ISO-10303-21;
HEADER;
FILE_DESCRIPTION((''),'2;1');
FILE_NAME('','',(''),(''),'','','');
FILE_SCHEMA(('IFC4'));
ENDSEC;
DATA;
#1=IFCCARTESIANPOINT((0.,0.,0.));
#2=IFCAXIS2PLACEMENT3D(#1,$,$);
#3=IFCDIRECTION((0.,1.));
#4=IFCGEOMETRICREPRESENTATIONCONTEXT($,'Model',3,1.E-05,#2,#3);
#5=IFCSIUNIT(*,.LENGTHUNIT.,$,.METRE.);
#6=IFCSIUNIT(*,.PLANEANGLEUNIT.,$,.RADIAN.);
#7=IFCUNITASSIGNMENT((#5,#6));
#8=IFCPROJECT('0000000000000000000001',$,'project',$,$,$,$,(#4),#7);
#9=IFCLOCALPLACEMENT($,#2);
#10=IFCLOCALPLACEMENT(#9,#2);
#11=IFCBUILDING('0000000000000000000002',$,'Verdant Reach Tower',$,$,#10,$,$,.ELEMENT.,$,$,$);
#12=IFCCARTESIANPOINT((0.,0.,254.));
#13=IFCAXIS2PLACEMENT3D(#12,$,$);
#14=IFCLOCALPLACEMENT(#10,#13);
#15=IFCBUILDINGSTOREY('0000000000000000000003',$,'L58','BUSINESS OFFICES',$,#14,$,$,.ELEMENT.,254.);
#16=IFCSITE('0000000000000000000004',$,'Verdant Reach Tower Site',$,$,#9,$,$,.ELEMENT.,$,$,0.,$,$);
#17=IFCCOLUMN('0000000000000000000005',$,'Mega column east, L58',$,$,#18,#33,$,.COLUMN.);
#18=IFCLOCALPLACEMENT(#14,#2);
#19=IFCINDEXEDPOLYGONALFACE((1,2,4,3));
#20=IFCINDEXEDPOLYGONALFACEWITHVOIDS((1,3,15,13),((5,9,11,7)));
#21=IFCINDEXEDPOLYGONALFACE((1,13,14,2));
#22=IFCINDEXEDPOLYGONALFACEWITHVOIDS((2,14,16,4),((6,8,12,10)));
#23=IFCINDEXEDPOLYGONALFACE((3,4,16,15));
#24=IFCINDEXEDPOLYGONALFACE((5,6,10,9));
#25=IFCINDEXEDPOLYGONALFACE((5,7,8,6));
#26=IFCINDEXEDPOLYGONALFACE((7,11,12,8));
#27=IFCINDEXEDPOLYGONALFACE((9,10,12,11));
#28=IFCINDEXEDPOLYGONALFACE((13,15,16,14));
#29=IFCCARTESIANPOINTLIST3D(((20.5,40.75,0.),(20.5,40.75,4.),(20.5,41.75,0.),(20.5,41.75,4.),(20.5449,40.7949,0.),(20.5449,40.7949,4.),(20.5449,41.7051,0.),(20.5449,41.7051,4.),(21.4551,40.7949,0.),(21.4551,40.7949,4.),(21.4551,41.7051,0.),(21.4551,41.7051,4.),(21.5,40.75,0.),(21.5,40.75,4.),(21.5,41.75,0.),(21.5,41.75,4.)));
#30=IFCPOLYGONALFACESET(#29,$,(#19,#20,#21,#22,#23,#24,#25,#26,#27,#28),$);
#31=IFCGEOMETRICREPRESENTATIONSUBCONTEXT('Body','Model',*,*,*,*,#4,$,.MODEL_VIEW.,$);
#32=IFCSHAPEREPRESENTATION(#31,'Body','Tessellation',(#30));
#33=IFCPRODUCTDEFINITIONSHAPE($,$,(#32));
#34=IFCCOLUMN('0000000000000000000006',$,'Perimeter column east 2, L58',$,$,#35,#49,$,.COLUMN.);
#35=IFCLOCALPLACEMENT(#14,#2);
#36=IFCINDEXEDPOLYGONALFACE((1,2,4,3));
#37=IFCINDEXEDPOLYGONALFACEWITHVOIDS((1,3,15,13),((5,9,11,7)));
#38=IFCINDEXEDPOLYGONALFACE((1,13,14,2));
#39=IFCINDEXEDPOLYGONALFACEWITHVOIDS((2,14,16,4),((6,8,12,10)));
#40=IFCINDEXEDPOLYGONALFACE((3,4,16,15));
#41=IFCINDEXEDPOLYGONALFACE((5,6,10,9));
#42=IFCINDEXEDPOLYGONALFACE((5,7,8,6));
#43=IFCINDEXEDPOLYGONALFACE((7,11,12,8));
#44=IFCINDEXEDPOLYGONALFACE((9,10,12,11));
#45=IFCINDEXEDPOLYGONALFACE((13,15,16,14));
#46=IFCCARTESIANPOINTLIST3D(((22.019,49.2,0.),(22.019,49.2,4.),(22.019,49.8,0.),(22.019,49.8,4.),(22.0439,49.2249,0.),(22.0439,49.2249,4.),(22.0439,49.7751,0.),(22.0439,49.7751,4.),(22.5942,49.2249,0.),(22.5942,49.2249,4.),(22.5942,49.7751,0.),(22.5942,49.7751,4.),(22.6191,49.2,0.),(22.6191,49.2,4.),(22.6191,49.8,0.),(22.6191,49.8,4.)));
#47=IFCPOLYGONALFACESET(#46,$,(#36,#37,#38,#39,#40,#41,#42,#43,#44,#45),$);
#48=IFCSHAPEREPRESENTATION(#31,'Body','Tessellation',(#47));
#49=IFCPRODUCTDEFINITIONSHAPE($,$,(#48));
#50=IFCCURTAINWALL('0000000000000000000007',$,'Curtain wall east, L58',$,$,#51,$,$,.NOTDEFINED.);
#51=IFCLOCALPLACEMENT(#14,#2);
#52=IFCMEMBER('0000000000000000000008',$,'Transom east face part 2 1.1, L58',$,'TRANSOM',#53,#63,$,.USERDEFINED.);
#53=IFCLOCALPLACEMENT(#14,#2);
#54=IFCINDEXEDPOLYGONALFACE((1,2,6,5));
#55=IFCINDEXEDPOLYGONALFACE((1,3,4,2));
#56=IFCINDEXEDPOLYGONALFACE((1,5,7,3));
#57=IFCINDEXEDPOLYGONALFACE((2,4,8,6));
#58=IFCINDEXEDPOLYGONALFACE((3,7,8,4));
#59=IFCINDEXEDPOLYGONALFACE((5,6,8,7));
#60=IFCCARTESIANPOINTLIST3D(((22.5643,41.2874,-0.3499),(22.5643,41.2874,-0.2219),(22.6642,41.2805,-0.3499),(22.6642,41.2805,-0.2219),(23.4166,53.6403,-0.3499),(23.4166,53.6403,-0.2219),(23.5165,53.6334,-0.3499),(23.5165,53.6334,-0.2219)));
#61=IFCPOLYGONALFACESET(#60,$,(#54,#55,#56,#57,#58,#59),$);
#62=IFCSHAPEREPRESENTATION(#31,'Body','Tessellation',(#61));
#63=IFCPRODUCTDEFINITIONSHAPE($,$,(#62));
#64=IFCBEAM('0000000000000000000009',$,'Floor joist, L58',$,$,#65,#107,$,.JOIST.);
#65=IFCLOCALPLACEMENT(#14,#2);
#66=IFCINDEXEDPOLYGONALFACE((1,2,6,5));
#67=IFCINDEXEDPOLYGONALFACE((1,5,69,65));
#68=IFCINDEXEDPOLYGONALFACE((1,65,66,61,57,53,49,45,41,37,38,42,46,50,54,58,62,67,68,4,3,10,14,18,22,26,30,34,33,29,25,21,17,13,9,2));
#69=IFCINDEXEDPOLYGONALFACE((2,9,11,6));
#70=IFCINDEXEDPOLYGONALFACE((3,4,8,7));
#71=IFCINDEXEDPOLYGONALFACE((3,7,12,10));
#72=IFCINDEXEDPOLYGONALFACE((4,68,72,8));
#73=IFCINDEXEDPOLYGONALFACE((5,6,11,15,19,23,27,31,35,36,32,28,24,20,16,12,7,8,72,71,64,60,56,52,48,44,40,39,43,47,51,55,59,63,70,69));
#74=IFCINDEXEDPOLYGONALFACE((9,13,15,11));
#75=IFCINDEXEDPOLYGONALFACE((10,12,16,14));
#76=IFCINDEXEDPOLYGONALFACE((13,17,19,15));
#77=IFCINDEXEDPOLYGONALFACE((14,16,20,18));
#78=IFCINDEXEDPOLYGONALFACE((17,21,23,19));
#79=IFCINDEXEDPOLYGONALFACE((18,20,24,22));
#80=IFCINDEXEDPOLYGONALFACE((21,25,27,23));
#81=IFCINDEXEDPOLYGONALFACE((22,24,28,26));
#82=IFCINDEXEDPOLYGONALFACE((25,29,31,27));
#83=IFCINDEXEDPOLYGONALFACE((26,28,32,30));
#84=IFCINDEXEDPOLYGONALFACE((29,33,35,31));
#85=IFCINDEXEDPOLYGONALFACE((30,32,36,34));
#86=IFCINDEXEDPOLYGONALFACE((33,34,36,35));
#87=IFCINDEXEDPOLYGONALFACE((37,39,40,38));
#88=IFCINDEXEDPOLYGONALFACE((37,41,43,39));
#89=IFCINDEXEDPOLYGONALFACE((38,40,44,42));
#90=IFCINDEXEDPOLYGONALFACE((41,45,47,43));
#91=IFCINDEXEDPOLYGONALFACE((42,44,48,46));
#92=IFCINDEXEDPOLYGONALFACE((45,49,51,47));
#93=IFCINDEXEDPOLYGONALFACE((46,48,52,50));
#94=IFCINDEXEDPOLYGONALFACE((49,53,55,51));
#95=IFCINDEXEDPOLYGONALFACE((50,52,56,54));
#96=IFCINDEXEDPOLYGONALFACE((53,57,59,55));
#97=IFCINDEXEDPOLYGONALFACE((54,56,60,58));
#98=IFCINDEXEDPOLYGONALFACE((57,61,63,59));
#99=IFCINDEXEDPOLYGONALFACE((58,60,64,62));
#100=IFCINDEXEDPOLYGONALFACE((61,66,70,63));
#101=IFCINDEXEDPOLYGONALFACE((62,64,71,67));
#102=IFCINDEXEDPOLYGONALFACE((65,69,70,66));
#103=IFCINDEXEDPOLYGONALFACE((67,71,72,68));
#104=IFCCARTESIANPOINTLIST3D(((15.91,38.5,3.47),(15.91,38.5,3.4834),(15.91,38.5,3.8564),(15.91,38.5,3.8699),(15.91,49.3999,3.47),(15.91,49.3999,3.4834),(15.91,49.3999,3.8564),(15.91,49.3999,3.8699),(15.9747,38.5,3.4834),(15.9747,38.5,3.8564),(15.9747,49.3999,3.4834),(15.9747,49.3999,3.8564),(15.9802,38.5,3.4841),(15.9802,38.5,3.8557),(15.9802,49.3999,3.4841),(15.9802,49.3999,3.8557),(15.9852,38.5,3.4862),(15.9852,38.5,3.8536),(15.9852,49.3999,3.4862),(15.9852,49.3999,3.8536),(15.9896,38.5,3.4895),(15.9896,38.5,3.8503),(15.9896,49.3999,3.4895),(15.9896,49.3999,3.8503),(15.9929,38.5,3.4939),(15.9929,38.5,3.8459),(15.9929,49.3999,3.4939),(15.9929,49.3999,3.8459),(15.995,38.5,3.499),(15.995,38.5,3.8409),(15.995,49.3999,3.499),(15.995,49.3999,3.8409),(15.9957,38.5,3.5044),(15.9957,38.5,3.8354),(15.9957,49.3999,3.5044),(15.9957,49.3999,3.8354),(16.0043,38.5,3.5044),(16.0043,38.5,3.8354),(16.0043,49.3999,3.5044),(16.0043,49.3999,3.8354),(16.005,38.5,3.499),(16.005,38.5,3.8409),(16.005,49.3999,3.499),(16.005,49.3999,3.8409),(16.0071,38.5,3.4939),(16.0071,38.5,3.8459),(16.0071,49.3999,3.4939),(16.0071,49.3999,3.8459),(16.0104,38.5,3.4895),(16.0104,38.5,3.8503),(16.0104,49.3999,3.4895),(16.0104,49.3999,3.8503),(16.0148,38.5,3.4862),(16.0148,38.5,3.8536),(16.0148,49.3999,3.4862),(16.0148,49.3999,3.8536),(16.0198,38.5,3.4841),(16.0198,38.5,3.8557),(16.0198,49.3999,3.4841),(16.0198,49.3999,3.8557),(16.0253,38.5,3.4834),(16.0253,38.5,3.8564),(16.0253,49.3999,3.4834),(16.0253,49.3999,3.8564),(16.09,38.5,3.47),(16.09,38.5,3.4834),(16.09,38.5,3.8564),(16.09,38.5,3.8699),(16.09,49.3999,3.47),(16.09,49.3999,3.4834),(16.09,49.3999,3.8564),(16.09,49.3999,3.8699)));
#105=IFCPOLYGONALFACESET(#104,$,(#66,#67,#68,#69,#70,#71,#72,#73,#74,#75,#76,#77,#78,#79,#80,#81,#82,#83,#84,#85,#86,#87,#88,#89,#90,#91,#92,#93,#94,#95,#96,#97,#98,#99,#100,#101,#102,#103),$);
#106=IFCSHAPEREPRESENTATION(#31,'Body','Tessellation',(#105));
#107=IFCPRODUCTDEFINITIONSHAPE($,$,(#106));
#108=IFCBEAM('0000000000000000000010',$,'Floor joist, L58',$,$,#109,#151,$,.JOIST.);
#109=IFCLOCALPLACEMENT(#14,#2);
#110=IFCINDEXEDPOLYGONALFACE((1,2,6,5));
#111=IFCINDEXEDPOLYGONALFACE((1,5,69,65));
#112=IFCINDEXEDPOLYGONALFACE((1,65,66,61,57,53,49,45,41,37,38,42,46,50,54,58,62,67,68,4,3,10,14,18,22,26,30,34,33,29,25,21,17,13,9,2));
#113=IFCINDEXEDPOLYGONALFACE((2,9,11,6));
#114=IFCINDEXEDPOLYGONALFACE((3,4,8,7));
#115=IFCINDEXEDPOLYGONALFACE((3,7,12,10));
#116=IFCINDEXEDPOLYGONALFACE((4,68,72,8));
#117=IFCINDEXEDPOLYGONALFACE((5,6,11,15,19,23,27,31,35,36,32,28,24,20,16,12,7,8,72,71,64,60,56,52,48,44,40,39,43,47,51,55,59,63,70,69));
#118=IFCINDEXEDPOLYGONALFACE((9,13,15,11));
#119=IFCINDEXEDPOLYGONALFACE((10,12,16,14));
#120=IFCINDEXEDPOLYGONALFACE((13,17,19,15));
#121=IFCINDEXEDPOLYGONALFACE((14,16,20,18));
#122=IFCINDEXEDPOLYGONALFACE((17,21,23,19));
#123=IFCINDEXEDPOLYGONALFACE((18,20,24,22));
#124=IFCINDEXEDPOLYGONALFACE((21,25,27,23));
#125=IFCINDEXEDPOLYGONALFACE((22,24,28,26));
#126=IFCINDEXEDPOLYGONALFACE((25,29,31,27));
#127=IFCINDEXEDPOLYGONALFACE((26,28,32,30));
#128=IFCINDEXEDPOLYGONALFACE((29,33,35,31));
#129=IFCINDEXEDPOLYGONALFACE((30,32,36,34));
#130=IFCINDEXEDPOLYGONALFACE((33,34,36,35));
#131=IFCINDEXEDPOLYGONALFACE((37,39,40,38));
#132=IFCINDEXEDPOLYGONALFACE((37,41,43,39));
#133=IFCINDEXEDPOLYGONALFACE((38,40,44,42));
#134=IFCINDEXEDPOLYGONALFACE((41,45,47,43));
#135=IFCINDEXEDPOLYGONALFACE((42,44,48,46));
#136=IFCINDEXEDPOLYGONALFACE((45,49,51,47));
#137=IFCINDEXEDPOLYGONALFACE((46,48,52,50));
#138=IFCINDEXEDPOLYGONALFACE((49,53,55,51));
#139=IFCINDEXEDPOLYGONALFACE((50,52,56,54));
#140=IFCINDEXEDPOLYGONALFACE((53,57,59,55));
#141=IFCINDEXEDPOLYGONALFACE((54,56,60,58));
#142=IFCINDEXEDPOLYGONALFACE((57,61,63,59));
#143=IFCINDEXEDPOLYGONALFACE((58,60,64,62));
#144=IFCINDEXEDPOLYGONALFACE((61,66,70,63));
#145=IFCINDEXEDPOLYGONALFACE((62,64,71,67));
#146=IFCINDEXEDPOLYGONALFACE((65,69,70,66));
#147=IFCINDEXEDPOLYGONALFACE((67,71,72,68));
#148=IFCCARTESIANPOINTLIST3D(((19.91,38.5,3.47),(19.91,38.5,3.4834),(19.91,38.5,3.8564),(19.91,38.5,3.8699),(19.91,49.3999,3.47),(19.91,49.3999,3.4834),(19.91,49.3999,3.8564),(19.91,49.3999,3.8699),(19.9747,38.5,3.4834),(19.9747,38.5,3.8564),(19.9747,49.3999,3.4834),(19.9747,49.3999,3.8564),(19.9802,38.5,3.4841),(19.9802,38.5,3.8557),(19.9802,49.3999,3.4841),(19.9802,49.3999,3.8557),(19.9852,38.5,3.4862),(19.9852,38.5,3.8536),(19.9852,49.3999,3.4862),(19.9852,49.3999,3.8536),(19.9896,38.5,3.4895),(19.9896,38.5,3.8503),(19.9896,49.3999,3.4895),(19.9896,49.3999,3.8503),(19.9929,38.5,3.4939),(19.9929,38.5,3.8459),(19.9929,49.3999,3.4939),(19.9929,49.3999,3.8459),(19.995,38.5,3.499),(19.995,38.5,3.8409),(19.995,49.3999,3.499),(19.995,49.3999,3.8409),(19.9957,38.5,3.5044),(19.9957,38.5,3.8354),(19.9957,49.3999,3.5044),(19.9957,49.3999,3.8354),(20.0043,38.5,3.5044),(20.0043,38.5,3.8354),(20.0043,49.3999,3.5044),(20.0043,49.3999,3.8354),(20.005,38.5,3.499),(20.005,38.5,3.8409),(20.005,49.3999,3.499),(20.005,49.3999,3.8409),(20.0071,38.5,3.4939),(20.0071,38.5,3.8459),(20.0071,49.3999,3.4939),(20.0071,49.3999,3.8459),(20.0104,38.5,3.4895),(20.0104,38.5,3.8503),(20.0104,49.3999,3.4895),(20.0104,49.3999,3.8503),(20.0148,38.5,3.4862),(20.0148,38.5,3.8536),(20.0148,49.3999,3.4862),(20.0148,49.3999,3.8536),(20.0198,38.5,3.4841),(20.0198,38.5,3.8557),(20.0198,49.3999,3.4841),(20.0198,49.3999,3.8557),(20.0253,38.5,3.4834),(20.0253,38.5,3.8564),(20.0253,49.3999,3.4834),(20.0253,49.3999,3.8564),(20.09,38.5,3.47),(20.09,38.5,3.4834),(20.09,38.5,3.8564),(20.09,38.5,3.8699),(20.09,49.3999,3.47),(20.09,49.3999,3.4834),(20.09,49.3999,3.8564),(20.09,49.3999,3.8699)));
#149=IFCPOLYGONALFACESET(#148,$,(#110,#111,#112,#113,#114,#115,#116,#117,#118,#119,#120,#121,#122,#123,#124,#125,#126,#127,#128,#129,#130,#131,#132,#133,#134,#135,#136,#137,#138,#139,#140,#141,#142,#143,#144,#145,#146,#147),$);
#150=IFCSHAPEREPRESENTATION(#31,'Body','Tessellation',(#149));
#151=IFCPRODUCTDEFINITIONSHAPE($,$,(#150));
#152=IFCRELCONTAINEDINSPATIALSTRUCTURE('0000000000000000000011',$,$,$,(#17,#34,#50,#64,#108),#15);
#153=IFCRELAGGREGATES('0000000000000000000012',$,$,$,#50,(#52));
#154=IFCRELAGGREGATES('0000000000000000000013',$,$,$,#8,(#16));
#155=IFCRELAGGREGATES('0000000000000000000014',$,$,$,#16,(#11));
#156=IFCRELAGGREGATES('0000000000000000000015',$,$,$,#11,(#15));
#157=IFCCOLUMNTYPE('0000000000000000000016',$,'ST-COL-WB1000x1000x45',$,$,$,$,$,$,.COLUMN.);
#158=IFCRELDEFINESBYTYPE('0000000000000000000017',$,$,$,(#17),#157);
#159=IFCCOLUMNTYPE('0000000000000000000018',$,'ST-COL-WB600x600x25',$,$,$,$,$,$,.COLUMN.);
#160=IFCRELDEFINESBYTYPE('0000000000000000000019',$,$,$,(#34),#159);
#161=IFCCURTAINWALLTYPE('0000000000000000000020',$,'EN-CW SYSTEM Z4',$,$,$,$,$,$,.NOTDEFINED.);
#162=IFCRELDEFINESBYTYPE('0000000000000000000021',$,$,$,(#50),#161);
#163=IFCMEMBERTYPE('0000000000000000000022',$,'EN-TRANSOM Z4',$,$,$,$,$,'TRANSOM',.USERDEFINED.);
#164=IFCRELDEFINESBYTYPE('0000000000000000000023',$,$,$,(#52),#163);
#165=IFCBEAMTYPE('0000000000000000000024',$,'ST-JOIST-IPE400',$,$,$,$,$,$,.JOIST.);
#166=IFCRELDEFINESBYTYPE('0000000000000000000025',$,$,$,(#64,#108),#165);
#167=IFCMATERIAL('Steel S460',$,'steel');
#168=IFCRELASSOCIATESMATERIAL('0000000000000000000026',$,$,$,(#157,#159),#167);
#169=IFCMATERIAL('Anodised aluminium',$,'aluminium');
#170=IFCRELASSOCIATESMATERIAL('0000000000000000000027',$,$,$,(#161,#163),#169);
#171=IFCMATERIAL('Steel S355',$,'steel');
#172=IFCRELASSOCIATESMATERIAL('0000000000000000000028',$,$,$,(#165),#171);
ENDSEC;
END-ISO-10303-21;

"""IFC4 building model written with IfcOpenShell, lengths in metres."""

from ifc_helpers import new_model, si_unit, direction, frame, origin, origin_2d, place, context, subcontext, project, spatial, rectangle, hollow_rectangle, i_section, extrude, material, material_profile, profile_set, type_object, element, aggregate, save


model = new_model("IFC4")

# Units and contexts
model_context = context("Model", 3, precision=1e-05, world=origin(), true_north=direction((0.0, 1.0)))
body_context = subcontext(model_context, "Body", "Model", "MODEL_VIEW")
ifc_project = project(units=[si_unit("LENGTHUNIT", "METRE"), si_unit("PLANEANGLEUNIT", "RADIAN")], contexts=[model_context])

# Site, building, storey
site_placement = place(None, origin())
site = spatial("IfcSite", under=ifc_project, at=site_placement, Name="Verdant Reach Tower Site", CompositionType="ELEMENT", RefElevation=0.0)
building_placement = place(site_placement, origin())
building = spatial("IfcBuilding", under=site, at=building_placement, Name="Verdant Reach Tower", CompositionType="ELEMENT")
storey_placement = place(building_placement, frame((0.0, 0.0, 254.0)))
storey = spatial("IfcBuildingStorey", under=building, at=storey_placement, Name="L58", Description="BUSINESS OFFICES", CompositionType="ELEMENT", Elevation=254.0)

# Columns
ifc_material_1 = material(Name="Steel S460", Category="steel")
ifc_material_profile_1 = material_profile(ifc_material_1, hollow_rectangle(XDim=1.0, YDim=1.0, WallThickness=0.0449, at=origin_2d()), Name="WB 1000x1000x45")
ifc_profile_set_1 = profile_set([ifc_material_profile_1], Name="Steel S460")
column_type_1 = type_object("IfcColumnType", Name="ST-COL-WB1000x1000x45", PredefinedType="COLUMN", material=ifc_profile_set_1)
column_1_placement = place(storey_placement, frame((21.0, 41.25, 0.0), z_axis=(0.0, 0.0, 1.0), x_axis=(1.0, 0.0, 0.0)))
element("IfcColumn", 1, at=column_1_placement, inside=storey, type_object=column_type_1, Name="Mega column east, L58", PredefinedType="COLUMN", context=body_context, shape_type="SweptSolid", body=[
    extrude(hollow_rectangle(XDim=1.0, YDim=1.0, WallThickness=0.0449, at=origin_2d()), origin(), (0.0, 0.0, 1.0), 4.0),
])
ifc_material_profile_2 = material_profile(ifc_material_1, hollow_rectangle(XDim=0.6001, YDim=0.6001, WallThickness=0.0249, at=origin_2d()), Name="WB 600x600x25")
ifc_profile_set_2 = profile_set([ifc_material_profile_2], Name="Steel S460")
column_type_2 = type_object("IfcColumnType", Name="ST-COL-WB600x600x25", PredefinedType="COLUMN", material=ifc_profile_set_2)
column_2_placement = place(storey_placement, frame((22.3191, 49.5, 0.0), z_axis=(0.0, 0.0, 1.0), x_axis=(1.0, 0.0, 0.0)))
element("IfcColumn", 2, at=column_2_placement, inside=storey, type_object=column_type_2, Name="Perimeter column east 2, L58", PredefinedType="COLUMN", context=body_context, shape_type="SweptSolid", body=[
    extrude(hollow_rectangle(XDim=0.6001, YDim=0.6001, WallThickness=0.0249, at=origin_2d()), origin(), (0.0, 0.0, 1.0), 4.0),
])

# Curtain wall, member
ifc_material_2 = material(Name="Anodised aluminium", Category="aluminium")
curtain_wall_type = type_object("IfcCurtainWallType", Name="EN-CW SYSTEM Z4", PredefinedType="NOTDEFINED", material=ifc_material_2)
curtain_wall_placement = place(storey_placement, origin())
curtain_wall = element("IfcCurtainWall", 3, at=curtain_wall_placement, inside=storey, type_object=curtain_wall_type, Name="Curtain wall east, L58", PredefinedType="NOTDEFINED")
ifc_material_profile_3 = material_profile(ifc_material_2, rectangle(XDim=0.1001, YDim=0.1279, at=origin_2d()), Name="Transom 128x100")
ifc_profile_set_3 = profile_set([ifc_material_profile_3], Name="Anodised aluminium")
member_type = type_object("IfcMemberType", Name="EN-TRANSOM Z4", ElementType="TRANSOM", PredefinedType="USERDEFINED", material=ifc_profile_set_3)
member_placement = place(storey_placement, frame((22.6143, 41.2839, -0.2859), z_axis=(0.068831, 0.997628, 0.0), x_axis=(-0.997628, 0.068831, 0.0)))
member = element("IfcMember", 4, at=member_placement, type_object=member_type, Name="Transom east face part 2 1.1, L58", ObjectType="TRANSOM", PredefinedType="USERDEFINED", context=body_context, shape_type="SweptSolid", body=[
    extrude(rectangle(XDim=0.1001, YDim=0.1279, at=origin_2d()), origin(), (0.0, 0.0, 1.0), 12.3823),
])

# Beams
ifc_material_3 = material(Name="Steel S355", Category="steel")
ifc_material_profile_4 = material_profile(ifc_material_3, i_section(OverallWidth=0.1799, OverallDepth=0.3999, WebThickness=0.0085, FlangeThickness=0.0134, FilletRadius=0.021, at=origin_2d()), Name="IPE 400")
ifc_profile_set_4 = profile_set([ifc_material_profile_4], Name="Steel S355")
beam_type_1 = type_object("IfcBeamType", Name="ST-JOIST-IPE400", PredefinedType="JOIST", material=ifc_profile_set_4)
for number, where, z_axis, x_axis, name in (
    (5, (16.0, 38.5, 3.6699), (0.0, 1.0, 0.0), (-1.0, 0.0, 0.0), "Floor joist, L58"),
    (6, (20.0, 38.5, 3.6699), (0.0, 1.0, 0.0), (-1.0, 0.0, 0.0), "Floor joist, L58"),
):
    element("IfcBeam", number, at=place(storey_placement, frame(where, z_axis=z_axis, x_axis=x_axis)), inside=storey, type_object=beam_type_1, Name=name, PredefinedType="JOIST", context=body_context, shape_type="SweptSolid", body=[
        extrude(i_section(OverallWidth=0.1799, OverallDepth=0.3999, WebThickness=0.0085, FlangeThickness=0.0134, FilletRadius=0.021, at=origin_2d()), origin(), (0.0, 0.0, 1.0), 10.8999),
    ])

aggregate(curtain_wall, [member])

save(model, "model.ifc")
